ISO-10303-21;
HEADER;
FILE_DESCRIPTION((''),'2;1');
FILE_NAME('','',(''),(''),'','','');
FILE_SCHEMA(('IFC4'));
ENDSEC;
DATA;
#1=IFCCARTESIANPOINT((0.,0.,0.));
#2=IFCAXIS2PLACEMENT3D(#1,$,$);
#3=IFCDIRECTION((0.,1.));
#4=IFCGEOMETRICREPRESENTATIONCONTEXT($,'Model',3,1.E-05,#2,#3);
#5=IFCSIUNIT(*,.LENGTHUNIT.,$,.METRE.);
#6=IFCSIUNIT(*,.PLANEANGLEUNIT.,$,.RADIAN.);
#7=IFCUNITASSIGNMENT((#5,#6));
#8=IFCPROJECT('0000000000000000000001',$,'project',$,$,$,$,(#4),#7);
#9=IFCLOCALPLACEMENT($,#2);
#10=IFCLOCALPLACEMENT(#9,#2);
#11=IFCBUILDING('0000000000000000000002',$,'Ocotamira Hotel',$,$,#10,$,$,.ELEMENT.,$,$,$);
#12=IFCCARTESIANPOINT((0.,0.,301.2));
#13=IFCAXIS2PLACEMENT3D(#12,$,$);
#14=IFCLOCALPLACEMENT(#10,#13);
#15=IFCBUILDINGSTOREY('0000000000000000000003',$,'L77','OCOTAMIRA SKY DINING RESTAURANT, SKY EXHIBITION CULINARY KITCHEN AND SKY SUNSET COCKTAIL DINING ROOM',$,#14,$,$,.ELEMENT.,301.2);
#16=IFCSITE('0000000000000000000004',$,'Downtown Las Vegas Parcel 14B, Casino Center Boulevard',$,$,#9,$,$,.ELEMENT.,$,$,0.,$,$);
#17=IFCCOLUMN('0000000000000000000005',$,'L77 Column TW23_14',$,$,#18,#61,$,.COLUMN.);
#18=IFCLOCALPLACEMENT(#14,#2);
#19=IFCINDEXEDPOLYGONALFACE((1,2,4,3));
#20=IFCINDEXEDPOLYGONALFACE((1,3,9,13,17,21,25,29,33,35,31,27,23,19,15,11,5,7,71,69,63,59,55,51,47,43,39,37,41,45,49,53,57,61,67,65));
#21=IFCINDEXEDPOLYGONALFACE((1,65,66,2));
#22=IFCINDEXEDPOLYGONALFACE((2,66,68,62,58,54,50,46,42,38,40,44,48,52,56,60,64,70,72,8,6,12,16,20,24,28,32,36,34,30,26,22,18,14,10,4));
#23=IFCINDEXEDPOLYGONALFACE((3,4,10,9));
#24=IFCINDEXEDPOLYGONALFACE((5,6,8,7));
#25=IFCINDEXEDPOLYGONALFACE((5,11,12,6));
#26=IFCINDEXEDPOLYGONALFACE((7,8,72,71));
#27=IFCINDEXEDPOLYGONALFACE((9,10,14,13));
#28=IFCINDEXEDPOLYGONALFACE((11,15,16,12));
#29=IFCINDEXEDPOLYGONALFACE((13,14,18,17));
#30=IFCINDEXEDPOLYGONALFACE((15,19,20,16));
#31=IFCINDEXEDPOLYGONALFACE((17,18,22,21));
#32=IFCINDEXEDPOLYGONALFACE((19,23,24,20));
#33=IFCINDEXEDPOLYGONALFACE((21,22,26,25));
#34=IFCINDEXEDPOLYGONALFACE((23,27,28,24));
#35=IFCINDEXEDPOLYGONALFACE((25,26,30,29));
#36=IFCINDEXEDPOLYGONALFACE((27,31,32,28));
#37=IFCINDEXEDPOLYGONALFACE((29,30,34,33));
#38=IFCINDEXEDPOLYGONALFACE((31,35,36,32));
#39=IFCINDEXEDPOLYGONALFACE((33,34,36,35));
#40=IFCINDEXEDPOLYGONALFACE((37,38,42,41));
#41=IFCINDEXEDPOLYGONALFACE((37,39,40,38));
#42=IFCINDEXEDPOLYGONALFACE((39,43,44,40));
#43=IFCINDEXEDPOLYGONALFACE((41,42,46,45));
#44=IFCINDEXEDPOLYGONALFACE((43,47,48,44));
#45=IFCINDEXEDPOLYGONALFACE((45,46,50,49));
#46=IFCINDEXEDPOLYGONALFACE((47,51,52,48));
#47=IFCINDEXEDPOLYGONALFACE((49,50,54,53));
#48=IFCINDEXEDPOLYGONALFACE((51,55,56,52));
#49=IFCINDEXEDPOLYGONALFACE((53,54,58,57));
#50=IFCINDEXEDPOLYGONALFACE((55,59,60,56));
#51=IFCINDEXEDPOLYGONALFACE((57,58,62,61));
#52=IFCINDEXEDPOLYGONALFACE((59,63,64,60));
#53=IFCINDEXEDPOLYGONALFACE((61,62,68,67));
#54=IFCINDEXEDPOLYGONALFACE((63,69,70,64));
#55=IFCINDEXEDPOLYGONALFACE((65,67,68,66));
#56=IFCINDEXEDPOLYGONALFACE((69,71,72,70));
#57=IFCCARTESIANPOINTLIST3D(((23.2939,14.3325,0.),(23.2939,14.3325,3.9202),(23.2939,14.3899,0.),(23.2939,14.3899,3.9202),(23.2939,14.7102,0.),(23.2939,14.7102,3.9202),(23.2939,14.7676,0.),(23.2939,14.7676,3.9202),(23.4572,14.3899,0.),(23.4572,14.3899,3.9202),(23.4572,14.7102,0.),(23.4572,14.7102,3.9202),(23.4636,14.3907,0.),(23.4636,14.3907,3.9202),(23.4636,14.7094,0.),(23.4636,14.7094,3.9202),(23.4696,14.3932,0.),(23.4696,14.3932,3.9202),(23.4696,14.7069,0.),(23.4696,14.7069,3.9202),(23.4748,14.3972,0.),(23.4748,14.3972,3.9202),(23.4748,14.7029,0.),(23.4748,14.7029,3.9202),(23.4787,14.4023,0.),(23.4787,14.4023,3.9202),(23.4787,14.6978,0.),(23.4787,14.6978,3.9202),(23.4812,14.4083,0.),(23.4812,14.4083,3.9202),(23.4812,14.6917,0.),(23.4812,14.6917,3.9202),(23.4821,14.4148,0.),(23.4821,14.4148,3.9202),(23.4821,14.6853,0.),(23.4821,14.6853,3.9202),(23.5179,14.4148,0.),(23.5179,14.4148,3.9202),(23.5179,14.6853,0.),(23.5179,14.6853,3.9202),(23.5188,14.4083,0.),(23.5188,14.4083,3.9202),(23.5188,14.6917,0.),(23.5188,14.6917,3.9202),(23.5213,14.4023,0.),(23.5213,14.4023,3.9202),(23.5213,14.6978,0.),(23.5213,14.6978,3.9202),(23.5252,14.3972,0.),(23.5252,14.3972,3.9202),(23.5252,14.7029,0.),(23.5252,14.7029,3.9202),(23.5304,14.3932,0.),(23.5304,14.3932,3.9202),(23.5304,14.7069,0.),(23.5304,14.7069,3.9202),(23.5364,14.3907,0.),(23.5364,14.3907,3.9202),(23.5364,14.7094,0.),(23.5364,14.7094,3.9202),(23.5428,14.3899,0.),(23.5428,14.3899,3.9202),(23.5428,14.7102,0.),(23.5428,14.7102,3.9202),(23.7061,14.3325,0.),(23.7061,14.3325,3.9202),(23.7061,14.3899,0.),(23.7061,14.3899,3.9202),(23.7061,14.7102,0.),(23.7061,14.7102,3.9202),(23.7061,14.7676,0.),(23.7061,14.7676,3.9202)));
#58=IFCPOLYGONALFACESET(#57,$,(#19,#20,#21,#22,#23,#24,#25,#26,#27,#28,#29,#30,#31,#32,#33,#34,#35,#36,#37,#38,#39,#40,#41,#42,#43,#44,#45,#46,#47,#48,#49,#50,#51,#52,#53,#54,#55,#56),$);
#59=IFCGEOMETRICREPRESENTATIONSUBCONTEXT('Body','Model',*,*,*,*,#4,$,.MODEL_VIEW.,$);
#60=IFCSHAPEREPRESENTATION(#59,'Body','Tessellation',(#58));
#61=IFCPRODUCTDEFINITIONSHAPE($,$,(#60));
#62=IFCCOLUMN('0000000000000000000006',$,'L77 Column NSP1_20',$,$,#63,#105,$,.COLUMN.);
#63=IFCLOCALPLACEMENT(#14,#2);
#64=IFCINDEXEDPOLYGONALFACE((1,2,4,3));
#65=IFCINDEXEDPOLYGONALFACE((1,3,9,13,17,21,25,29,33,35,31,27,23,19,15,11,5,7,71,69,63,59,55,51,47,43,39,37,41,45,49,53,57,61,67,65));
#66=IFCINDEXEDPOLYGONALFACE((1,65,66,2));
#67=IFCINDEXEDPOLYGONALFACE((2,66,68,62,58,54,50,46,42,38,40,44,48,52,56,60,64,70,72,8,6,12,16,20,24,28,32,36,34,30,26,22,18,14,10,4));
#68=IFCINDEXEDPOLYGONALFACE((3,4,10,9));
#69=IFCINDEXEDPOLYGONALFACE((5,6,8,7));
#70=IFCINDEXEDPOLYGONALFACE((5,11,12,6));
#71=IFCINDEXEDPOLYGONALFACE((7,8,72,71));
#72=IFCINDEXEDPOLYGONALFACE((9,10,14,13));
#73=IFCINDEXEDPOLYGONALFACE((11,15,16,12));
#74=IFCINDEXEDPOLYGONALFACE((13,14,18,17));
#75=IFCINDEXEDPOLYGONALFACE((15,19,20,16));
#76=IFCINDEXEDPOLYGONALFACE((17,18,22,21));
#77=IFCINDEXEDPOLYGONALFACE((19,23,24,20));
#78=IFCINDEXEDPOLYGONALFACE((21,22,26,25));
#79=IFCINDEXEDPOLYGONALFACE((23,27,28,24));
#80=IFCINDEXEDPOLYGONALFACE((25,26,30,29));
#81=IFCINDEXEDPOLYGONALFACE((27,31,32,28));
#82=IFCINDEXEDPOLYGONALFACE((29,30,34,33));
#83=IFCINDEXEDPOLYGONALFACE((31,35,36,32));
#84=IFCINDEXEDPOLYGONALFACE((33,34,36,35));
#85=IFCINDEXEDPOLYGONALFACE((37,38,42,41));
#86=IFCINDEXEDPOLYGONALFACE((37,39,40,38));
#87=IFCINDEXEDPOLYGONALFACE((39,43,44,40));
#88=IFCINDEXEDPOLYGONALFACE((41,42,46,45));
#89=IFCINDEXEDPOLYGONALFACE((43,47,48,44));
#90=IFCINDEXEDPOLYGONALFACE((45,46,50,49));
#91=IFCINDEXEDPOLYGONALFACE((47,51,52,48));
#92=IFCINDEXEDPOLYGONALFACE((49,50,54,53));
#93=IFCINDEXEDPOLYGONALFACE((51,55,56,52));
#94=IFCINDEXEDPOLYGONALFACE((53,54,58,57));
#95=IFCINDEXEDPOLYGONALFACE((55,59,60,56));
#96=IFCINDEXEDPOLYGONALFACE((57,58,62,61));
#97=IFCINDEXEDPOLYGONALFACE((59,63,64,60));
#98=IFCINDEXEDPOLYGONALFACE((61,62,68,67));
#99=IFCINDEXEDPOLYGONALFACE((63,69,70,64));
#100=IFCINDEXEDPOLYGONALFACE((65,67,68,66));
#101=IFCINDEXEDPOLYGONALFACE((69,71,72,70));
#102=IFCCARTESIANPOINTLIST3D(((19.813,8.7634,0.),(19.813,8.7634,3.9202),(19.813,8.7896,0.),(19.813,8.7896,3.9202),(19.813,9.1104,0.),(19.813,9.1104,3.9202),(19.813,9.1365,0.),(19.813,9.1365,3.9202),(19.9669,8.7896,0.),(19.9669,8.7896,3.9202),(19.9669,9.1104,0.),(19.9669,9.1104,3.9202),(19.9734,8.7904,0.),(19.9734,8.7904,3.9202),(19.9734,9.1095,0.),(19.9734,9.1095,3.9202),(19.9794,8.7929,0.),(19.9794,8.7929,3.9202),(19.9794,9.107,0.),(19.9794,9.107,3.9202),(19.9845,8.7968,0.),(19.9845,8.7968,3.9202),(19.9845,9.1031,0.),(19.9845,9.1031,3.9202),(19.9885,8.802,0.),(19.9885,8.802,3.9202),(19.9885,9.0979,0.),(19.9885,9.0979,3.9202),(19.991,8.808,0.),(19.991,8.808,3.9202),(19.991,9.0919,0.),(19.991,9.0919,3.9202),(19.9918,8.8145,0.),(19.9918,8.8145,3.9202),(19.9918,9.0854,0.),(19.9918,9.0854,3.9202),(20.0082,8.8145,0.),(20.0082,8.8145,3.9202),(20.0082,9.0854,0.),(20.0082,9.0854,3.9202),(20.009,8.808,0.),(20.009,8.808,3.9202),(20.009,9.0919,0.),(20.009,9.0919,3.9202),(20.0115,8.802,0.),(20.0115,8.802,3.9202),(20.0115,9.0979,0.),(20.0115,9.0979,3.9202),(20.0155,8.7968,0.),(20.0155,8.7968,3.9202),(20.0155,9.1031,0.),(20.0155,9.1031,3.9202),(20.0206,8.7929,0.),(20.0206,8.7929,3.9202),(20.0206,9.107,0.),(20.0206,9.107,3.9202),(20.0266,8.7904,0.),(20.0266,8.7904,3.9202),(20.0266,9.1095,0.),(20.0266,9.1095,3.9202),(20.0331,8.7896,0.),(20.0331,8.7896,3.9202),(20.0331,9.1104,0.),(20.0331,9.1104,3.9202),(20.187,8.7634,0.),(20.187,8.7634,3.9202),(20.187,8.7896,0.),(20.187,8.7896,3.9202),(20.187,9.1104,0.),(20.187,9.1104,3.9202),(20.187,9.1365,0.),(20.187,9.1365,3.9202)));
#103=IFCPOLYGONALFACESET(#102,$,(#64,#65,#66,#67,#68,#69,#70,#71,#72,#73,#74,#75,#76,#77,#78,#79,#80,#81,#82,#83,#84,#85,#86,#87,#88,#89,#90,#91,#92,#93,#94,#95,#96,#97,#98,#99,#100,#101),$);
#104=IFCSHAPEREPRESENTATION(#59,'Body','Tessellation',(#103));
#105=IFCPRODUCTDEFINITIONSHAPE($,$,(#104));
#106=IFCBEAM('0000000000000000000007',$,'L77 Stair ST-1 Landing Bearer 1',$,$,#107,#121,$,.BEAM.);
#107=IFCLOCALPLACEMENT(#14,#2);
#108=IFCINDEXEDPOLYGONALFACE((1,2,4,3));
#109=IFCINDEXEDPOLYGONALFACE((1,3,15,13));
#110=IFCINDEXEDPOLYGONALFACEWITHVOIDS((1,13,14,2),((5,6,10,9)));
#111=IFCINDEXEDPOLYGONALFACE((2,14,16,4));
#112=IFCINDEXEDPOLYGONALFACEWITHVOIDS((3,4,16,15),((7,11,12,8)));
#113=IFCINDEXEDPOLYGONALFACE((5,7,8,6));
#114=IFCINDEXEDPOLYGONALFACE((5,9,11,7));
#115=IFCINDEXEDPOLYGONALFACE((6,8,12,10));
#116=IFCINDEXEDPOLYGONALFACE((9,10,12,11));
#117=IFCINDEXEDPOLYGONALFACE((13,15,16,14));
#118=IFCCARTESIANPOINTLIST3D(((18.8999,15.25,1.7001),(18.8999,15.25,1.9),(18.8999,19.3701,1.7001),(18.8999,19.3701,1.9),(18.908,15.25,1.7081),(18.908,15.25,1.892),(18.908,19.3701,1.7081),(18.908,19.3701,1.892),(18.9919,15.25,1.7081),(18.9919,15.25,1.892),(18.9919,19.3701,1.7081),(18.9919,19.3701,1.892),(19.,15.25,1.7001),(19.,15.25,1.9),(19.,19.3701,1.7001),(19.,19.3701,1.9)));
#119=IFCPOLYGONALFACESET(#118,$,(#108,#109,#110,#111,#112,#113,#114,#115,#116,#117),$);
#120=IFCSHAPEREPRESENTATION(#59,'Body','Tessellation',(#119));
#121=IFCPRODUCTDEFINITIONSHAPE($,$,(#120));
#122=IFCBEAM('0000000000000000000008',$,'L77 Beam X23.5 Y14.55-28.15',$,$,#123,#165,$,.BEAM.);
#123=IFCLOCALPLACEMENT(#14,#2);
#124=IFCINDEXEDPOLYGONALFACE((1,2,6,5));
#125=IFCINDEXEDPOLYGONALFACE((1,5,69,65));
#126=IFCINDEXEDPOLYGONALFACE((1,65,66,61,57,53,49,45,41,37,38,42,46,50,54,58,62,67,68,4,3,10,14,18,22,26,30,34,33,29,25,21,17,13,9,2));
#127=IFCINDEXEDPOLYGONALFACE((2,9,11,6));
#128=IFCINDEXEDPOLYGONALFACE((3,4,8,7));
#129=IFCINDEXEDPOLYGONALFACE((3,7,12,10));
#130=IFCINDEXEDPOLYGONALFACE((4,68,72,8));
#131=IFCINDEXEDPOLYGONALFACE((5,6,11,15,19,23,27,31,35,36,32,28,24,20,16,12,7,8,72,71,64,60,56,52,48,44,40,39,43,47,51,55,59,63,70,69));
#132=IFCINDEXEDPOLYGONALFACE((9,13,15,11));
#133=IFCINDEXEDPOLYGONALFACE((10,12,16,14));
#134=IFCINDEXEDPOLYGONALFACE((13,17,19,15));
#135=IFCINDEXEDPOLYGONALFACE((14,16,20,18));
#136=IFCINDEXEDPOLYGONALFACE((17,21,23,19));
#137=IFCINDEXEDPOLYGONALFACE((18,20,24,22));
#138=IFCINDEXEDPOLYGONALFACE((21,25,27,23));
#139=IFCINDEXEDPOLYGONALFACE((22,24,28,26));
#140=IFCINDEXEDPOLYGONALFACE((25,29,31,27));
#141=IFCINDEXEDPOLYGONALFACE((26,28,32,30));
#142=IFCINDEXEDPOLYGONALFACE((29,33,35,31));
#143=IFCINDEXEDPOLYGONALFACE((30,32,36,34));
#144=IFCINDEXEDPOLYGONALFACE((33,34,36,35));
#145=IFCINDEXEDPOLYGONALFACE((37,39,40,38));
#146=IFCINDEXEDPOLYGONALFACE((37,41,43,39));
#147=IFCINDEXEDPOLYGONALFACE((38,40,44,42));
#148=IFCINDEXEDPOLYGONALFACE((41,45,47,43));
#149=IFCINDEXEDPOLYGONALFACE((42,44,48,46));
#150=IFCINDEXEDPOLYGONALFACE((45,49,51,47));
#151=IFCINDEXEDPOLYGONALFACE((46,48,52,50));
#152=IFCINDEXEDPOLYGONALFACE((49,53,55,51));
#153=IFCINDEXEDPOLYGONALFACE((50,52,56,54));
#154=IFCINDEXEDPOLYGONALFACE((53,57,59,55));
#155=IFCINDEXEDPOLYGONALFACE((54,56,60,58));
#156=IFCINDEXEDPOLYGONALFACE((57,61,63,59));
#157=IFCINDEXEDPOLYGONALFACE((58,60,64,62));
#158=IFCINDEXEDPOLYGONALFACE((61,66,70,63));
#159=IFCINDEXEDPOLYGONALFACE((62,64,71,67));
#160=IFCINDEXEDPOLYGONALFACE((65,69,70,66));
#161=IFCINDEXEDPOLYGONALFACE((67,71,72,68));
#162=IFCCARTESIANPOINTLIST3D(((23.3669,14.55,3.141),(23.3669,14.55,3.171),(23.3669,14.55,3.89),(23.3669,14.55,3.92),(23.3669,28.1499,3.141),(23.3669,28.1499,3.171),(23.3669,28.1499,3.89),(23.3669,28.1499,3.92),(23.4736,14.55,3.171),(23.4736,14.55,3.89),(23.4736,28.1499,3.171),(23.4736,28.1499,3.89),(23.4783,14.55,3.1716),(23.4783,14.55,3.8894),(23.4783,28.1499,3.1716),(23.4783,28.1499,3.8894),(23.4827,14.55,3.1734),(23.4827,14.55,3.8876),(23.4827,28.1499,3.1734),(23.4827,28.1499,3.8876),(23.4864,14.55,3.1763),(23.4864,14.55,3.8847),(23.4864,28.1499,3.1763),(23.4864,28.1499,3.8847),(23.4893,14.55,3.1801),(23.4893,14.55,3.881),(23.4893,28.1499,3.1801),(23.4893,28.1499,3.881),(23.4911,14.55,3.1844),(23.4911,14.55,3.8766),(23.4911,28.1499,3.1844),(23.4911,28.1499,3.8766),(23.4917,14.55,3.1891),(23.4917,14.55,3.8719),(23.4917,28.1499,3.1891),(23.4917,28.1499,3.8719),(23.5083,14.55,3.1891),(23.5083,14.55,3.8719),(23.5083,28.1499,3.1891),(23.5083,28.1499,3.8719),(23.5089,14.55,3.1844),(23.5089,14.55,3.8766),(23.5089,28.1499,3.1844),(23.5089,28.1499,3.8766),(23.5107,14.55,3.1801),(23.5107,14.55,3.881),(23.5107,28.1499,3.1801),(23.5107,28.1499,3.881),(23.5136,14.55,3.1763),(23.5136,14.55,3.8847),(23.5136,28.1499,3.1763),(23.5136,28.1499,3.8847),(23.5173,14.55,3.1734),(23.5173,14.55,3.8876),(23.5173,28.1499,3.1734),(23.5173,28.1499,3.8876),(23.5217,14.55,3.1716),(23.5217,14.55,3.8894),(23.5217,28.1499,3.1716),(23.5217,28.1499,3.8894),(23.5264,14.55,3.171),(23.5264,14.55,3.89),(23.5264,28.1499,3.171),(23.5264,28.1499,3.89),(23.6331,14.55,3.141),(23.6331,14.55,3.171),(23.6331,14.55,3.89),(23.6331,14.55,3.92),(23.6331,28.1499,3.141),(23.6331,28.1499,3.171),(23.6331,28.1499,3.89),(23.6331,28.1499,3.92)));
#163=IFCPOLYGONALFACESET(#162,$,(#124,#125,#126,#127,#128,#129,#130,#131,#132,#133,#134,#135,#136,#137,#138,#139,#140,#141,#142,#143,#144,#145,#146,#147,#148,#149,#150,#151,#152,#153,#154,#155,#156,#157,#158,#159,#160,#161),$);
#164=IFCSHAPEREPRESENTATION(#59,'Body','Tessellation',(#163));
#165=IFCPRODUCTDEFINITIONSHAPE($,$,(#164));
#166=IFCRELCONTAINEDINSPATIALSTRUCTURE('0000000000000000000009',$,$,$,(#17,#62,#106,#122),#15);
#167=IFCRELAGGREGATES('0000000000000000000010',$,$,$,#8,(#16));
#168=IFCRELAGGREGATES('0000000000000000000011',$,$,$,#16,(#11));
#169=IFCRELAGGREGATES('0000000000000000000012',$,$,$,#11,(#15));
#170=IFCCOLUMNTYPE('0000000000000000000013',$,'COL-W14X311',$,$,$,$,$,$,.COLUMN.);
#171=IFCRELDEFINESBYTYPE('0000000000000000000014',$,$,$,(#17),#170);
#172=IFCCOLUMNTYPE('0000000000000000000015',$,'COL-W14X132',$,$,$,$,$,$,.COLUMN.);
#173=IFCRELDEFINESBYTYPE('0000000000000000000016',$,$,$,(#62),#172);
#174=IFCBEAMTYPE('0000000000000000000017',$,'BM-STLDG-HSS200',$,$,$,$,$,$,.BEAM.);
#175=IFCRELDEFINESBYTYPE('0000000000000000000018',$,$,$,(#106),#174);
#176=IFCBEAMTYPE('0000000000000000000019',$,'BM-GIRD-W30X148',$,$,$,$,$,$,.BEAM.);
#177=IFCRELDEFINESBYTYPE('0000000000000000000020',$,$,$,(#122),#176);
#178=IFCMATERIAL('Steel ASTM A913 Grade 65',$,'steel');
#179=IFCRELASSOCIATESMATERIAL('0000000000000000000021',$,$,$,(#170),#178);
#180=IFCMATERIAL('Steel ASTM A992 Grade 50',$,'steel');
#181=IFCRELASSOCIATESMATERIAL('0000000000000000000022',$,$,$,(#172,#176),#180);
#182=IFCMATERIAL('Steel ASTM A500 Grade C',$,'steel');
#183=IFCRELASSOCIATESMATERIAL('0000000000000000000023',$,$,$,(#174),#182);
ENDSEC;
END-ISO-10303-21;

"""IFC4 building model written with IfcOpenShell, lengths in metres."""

from ifc_helpers import new_model, si_unit, direction, frame, origin, origin_2d, place, context, subcontext, project, spatial, hollow_rectangle, i_section, extrude, source, transform, mapped, material, material_profile, profile_set, type_object, element, save


model = new_model("IFC4")

# Units and contexts
model_context = context("Model", 3, precision=1e-05, world=origin(), true_north=direction((0.0, 1.0)))
body_context = subcontext(model_context, "Body", "Model", "MODEL_VIEW")
ifc_project = project(units=[si_unit("LENGTHUNIT", "METRE"), si_unit("PLANEANGLEUNIT", "RADIAN")], contexts=[model_context])

# Site, building, storey
site_placement = place(None, origin())
site = spatial("IfcSite", under=ifc_project, at=site_placement, Name="Downtown Las Vegas Parcel 14B, Casino Center Boulevard", CompositionType="ELEMENT", RefElevation=0.0)
building_placement = place(site_placement, origin())
building = spatial("IfcBuilding", under=site, at=building_placement, Name="Ocotamira Hotel", CompositionType="ELEMENT")
storey_placement = place(building_placement, frame((0.0, 0.0, 301.2)))
storey = spatial("IfcBuildingStorey", under=building, at=storey_placement, Name="L77", Description="OCOTAMIRA SKY DINING RESTAURANT, SKY EXHIBITION CULINARY KITCHEN AND SKY SUNSET COCKTAIL DINING ROOM", CompositionType="ELEMENT", Elevation=301.2)

# Columns
ifc_material_1 = material(Name="Steel ASTM A913 Grade 65", Category="steel")
ifc_material_profile_1 = material_profile(ifc_material_1, i_section(OverallWidth=0.4121, OverallDepth=0.4351, WebThickness=0.0359, FlangeThickness=0.0574, FilletRadius=0.0249, at=origin_2d()), Name="W14X311")
ifc_profile_set_1 = profile_set([ifc_material_profile_1], Name="Steel ASTM A913 Grade 65")
column_type_1 = type_object("IfcColumnType", Name="COL-W14X311", PredefinedType="COLUMN", material=ifc_profile_set_1)
shared_shape_1 = source(origin(), body_context, "Body", "SweptSolid", [
    extrude(i_section(OverallWidth=0.4121, OverallDepth=0.4351, WebThickness=0.0359, FlangeThickness=0.0574, FilletRadius=0.0249, at=origin_2d()), origin(), (0.0, 0.0, 1.0), 3.9202),
])
column_1_placement = place(storey_placement, frame((23.5, 14.55, 0.0), z_axis=(0.0, 0.0, 1.0), x_axis=(1.0, 0.0, 0.0)))
element("IfcColumn", 1, at=column_1_placement, inside=storey, type_object=column_type_1, Name="L77 Column TW23_14", PredefinedType="COLUMN", context=body_context, shape_type="MappedRepresentation", body=[
    mapped(shared_shape_1, transform((0.0, 0.0, 0.0), scale=1.0)),
])
ifc_material_2 = material(Name="Steel ASTM A992 Grade 50", Category="steel")
ifc_material_profile_2 = material_profile(ifc_material_2, i_section(OverallWidth=0.374, OverallDepth=0.373, WebThickness=0.0164, FlangeThickness=0.0261, FilletRadius=0.0249, at=origin_2d()), Name="W14X132")
ifc_profile_set_2 = profile_set([ifc_material_profile_2], Name="Steel ASTM A992 Grade 50")
column_type_2 = type_object("IfcColumnType", Name="COL-W14X132", PredefinedType="COLUMN", material=ifc_profile_set_2)
shared_shape_2 = source(origin(), body_context, "Body", "SweptSolid", [
    extrude(i_section(OverallWidth=0.374, OverallDepth=0.373, WebThickness=0.0164, FlangeThickness=0.0261, FilletRadius=0.0249, at=origin_2d()), origin(), (0.0, 0.0, 1.0), 3.9202),
])
column_2_placement = place(storey_placement, frame((20.0, 8.95, 0.0), z_axis=(0.0, 0.0, 1.0), x_axis=(1.0, 0.0, 0.0)))
element("IfcColumn", 2, at=column_2_placement, inside=storey, type_object=column_type_2, Name="L77 Column NSP1_20", PredefinedType="COLUMN", context=body_context, shape_type="MappedRepresentation", body=[
    mapped(shared_shape_2, transform((0.0, 0.0, 0.0), scale=1.0)),
])

# Beams
ifc_material_3 = material(Name="Steel ASTM A500 Grade C", Category="steel")
ifc_material_profile_3 = material_profile(ifc_material_3, hollow_rectangle(XDim=0.1001, YDim=0.2, WallThickness=0.0081, at=origin_2d()), Name="HSS200X100X8")
ifc_profile_set_3 = profile_set([ifc_material_profile_3], Name="Steel ASTM A500 Grade C")
beam_type_1 = type_object("IfcBeamType", Name="BM-STLDG-HSS200", PredefinedType="BEAM", material=ifc_profile_set_3)
shared_shape_3 = source(origin(), body_context, "Body", "SweptSolid", [
    extrude(hollow_rectangle(XDim=0.1001, YDim=0.2, WallThickness=0.0081, at=origin_2d()), origin(), (0.0, 0.0, 1.0), 4.1201),
])
beam_1_placement = place(storey_placement, frame((18.95, 15.25, 1.8), z_axis=(0.0, 1.0, 0.0), x_axis=(-1.0, 0.0, 0.0)))
element("IfcBeam", 3, at=beam_1_placement, inside=storey, type_object=beam_type_1, Name="L77 Stair ST-1 Landing Bearer 1", PredefinedType="BEAM", context=body_context, shape_type="MappedRepresentation", body=[
    mapped(shared_shape_3, transform((0.0, 0.0, 0.0), scale=1.0)),
])
ifc_material_profile_4 = material_profile(ifc_material_2, i_section(OverallWidth=0.2661, OverallDepth=0.7791, WebThickness=0.0166, FlangeThickness=0.03, FilletRadius=0.0181, at=origin_2d()), Name="W30X148")
ifc_profile_set_4 = profile_set([ifc_material_profile_4], Name="Steel ASTM A992 Grade 50")
beam_type_2 = type_object("IfcBeamType", Name="BM-GIRD-W30X148", PredefinedType="BEAM", material=ifc_profile_set_4)
shared_shape_4 = source(origin(), body_context, "Body", "SweptSolid", [
    extrude(i_section(OverallWidth=0.2661, OverallDepth=0.7791, WebThickness=0.0166, FlangeThickness=0.03, FilletRadius=0.0181, at=origin_2d()), origin(), (0.0, 0.0, 1.0), 13.5999),
])
beam_2_placement = place(storey_placement, frame((23.5, 14.55, 3.5305), z_axis=(0.0, 1.0, 0.0), x_axis=(-1.0, 0.0, 0.0)))
element("IfcBeam", 4, at=beam_2_placement, inside=storey, type_object=beam_type_2, Name="L77 Beam X23.5 Y14.55-28.15", PredefinedType="BEAM", context=body_context, shape_type="MappedRepresentation", body=[
    mapped(shared_shape_4, transform((0.0, 0.0, 0.0), scale=1.0)),
])

save(model, "model.ifc")
